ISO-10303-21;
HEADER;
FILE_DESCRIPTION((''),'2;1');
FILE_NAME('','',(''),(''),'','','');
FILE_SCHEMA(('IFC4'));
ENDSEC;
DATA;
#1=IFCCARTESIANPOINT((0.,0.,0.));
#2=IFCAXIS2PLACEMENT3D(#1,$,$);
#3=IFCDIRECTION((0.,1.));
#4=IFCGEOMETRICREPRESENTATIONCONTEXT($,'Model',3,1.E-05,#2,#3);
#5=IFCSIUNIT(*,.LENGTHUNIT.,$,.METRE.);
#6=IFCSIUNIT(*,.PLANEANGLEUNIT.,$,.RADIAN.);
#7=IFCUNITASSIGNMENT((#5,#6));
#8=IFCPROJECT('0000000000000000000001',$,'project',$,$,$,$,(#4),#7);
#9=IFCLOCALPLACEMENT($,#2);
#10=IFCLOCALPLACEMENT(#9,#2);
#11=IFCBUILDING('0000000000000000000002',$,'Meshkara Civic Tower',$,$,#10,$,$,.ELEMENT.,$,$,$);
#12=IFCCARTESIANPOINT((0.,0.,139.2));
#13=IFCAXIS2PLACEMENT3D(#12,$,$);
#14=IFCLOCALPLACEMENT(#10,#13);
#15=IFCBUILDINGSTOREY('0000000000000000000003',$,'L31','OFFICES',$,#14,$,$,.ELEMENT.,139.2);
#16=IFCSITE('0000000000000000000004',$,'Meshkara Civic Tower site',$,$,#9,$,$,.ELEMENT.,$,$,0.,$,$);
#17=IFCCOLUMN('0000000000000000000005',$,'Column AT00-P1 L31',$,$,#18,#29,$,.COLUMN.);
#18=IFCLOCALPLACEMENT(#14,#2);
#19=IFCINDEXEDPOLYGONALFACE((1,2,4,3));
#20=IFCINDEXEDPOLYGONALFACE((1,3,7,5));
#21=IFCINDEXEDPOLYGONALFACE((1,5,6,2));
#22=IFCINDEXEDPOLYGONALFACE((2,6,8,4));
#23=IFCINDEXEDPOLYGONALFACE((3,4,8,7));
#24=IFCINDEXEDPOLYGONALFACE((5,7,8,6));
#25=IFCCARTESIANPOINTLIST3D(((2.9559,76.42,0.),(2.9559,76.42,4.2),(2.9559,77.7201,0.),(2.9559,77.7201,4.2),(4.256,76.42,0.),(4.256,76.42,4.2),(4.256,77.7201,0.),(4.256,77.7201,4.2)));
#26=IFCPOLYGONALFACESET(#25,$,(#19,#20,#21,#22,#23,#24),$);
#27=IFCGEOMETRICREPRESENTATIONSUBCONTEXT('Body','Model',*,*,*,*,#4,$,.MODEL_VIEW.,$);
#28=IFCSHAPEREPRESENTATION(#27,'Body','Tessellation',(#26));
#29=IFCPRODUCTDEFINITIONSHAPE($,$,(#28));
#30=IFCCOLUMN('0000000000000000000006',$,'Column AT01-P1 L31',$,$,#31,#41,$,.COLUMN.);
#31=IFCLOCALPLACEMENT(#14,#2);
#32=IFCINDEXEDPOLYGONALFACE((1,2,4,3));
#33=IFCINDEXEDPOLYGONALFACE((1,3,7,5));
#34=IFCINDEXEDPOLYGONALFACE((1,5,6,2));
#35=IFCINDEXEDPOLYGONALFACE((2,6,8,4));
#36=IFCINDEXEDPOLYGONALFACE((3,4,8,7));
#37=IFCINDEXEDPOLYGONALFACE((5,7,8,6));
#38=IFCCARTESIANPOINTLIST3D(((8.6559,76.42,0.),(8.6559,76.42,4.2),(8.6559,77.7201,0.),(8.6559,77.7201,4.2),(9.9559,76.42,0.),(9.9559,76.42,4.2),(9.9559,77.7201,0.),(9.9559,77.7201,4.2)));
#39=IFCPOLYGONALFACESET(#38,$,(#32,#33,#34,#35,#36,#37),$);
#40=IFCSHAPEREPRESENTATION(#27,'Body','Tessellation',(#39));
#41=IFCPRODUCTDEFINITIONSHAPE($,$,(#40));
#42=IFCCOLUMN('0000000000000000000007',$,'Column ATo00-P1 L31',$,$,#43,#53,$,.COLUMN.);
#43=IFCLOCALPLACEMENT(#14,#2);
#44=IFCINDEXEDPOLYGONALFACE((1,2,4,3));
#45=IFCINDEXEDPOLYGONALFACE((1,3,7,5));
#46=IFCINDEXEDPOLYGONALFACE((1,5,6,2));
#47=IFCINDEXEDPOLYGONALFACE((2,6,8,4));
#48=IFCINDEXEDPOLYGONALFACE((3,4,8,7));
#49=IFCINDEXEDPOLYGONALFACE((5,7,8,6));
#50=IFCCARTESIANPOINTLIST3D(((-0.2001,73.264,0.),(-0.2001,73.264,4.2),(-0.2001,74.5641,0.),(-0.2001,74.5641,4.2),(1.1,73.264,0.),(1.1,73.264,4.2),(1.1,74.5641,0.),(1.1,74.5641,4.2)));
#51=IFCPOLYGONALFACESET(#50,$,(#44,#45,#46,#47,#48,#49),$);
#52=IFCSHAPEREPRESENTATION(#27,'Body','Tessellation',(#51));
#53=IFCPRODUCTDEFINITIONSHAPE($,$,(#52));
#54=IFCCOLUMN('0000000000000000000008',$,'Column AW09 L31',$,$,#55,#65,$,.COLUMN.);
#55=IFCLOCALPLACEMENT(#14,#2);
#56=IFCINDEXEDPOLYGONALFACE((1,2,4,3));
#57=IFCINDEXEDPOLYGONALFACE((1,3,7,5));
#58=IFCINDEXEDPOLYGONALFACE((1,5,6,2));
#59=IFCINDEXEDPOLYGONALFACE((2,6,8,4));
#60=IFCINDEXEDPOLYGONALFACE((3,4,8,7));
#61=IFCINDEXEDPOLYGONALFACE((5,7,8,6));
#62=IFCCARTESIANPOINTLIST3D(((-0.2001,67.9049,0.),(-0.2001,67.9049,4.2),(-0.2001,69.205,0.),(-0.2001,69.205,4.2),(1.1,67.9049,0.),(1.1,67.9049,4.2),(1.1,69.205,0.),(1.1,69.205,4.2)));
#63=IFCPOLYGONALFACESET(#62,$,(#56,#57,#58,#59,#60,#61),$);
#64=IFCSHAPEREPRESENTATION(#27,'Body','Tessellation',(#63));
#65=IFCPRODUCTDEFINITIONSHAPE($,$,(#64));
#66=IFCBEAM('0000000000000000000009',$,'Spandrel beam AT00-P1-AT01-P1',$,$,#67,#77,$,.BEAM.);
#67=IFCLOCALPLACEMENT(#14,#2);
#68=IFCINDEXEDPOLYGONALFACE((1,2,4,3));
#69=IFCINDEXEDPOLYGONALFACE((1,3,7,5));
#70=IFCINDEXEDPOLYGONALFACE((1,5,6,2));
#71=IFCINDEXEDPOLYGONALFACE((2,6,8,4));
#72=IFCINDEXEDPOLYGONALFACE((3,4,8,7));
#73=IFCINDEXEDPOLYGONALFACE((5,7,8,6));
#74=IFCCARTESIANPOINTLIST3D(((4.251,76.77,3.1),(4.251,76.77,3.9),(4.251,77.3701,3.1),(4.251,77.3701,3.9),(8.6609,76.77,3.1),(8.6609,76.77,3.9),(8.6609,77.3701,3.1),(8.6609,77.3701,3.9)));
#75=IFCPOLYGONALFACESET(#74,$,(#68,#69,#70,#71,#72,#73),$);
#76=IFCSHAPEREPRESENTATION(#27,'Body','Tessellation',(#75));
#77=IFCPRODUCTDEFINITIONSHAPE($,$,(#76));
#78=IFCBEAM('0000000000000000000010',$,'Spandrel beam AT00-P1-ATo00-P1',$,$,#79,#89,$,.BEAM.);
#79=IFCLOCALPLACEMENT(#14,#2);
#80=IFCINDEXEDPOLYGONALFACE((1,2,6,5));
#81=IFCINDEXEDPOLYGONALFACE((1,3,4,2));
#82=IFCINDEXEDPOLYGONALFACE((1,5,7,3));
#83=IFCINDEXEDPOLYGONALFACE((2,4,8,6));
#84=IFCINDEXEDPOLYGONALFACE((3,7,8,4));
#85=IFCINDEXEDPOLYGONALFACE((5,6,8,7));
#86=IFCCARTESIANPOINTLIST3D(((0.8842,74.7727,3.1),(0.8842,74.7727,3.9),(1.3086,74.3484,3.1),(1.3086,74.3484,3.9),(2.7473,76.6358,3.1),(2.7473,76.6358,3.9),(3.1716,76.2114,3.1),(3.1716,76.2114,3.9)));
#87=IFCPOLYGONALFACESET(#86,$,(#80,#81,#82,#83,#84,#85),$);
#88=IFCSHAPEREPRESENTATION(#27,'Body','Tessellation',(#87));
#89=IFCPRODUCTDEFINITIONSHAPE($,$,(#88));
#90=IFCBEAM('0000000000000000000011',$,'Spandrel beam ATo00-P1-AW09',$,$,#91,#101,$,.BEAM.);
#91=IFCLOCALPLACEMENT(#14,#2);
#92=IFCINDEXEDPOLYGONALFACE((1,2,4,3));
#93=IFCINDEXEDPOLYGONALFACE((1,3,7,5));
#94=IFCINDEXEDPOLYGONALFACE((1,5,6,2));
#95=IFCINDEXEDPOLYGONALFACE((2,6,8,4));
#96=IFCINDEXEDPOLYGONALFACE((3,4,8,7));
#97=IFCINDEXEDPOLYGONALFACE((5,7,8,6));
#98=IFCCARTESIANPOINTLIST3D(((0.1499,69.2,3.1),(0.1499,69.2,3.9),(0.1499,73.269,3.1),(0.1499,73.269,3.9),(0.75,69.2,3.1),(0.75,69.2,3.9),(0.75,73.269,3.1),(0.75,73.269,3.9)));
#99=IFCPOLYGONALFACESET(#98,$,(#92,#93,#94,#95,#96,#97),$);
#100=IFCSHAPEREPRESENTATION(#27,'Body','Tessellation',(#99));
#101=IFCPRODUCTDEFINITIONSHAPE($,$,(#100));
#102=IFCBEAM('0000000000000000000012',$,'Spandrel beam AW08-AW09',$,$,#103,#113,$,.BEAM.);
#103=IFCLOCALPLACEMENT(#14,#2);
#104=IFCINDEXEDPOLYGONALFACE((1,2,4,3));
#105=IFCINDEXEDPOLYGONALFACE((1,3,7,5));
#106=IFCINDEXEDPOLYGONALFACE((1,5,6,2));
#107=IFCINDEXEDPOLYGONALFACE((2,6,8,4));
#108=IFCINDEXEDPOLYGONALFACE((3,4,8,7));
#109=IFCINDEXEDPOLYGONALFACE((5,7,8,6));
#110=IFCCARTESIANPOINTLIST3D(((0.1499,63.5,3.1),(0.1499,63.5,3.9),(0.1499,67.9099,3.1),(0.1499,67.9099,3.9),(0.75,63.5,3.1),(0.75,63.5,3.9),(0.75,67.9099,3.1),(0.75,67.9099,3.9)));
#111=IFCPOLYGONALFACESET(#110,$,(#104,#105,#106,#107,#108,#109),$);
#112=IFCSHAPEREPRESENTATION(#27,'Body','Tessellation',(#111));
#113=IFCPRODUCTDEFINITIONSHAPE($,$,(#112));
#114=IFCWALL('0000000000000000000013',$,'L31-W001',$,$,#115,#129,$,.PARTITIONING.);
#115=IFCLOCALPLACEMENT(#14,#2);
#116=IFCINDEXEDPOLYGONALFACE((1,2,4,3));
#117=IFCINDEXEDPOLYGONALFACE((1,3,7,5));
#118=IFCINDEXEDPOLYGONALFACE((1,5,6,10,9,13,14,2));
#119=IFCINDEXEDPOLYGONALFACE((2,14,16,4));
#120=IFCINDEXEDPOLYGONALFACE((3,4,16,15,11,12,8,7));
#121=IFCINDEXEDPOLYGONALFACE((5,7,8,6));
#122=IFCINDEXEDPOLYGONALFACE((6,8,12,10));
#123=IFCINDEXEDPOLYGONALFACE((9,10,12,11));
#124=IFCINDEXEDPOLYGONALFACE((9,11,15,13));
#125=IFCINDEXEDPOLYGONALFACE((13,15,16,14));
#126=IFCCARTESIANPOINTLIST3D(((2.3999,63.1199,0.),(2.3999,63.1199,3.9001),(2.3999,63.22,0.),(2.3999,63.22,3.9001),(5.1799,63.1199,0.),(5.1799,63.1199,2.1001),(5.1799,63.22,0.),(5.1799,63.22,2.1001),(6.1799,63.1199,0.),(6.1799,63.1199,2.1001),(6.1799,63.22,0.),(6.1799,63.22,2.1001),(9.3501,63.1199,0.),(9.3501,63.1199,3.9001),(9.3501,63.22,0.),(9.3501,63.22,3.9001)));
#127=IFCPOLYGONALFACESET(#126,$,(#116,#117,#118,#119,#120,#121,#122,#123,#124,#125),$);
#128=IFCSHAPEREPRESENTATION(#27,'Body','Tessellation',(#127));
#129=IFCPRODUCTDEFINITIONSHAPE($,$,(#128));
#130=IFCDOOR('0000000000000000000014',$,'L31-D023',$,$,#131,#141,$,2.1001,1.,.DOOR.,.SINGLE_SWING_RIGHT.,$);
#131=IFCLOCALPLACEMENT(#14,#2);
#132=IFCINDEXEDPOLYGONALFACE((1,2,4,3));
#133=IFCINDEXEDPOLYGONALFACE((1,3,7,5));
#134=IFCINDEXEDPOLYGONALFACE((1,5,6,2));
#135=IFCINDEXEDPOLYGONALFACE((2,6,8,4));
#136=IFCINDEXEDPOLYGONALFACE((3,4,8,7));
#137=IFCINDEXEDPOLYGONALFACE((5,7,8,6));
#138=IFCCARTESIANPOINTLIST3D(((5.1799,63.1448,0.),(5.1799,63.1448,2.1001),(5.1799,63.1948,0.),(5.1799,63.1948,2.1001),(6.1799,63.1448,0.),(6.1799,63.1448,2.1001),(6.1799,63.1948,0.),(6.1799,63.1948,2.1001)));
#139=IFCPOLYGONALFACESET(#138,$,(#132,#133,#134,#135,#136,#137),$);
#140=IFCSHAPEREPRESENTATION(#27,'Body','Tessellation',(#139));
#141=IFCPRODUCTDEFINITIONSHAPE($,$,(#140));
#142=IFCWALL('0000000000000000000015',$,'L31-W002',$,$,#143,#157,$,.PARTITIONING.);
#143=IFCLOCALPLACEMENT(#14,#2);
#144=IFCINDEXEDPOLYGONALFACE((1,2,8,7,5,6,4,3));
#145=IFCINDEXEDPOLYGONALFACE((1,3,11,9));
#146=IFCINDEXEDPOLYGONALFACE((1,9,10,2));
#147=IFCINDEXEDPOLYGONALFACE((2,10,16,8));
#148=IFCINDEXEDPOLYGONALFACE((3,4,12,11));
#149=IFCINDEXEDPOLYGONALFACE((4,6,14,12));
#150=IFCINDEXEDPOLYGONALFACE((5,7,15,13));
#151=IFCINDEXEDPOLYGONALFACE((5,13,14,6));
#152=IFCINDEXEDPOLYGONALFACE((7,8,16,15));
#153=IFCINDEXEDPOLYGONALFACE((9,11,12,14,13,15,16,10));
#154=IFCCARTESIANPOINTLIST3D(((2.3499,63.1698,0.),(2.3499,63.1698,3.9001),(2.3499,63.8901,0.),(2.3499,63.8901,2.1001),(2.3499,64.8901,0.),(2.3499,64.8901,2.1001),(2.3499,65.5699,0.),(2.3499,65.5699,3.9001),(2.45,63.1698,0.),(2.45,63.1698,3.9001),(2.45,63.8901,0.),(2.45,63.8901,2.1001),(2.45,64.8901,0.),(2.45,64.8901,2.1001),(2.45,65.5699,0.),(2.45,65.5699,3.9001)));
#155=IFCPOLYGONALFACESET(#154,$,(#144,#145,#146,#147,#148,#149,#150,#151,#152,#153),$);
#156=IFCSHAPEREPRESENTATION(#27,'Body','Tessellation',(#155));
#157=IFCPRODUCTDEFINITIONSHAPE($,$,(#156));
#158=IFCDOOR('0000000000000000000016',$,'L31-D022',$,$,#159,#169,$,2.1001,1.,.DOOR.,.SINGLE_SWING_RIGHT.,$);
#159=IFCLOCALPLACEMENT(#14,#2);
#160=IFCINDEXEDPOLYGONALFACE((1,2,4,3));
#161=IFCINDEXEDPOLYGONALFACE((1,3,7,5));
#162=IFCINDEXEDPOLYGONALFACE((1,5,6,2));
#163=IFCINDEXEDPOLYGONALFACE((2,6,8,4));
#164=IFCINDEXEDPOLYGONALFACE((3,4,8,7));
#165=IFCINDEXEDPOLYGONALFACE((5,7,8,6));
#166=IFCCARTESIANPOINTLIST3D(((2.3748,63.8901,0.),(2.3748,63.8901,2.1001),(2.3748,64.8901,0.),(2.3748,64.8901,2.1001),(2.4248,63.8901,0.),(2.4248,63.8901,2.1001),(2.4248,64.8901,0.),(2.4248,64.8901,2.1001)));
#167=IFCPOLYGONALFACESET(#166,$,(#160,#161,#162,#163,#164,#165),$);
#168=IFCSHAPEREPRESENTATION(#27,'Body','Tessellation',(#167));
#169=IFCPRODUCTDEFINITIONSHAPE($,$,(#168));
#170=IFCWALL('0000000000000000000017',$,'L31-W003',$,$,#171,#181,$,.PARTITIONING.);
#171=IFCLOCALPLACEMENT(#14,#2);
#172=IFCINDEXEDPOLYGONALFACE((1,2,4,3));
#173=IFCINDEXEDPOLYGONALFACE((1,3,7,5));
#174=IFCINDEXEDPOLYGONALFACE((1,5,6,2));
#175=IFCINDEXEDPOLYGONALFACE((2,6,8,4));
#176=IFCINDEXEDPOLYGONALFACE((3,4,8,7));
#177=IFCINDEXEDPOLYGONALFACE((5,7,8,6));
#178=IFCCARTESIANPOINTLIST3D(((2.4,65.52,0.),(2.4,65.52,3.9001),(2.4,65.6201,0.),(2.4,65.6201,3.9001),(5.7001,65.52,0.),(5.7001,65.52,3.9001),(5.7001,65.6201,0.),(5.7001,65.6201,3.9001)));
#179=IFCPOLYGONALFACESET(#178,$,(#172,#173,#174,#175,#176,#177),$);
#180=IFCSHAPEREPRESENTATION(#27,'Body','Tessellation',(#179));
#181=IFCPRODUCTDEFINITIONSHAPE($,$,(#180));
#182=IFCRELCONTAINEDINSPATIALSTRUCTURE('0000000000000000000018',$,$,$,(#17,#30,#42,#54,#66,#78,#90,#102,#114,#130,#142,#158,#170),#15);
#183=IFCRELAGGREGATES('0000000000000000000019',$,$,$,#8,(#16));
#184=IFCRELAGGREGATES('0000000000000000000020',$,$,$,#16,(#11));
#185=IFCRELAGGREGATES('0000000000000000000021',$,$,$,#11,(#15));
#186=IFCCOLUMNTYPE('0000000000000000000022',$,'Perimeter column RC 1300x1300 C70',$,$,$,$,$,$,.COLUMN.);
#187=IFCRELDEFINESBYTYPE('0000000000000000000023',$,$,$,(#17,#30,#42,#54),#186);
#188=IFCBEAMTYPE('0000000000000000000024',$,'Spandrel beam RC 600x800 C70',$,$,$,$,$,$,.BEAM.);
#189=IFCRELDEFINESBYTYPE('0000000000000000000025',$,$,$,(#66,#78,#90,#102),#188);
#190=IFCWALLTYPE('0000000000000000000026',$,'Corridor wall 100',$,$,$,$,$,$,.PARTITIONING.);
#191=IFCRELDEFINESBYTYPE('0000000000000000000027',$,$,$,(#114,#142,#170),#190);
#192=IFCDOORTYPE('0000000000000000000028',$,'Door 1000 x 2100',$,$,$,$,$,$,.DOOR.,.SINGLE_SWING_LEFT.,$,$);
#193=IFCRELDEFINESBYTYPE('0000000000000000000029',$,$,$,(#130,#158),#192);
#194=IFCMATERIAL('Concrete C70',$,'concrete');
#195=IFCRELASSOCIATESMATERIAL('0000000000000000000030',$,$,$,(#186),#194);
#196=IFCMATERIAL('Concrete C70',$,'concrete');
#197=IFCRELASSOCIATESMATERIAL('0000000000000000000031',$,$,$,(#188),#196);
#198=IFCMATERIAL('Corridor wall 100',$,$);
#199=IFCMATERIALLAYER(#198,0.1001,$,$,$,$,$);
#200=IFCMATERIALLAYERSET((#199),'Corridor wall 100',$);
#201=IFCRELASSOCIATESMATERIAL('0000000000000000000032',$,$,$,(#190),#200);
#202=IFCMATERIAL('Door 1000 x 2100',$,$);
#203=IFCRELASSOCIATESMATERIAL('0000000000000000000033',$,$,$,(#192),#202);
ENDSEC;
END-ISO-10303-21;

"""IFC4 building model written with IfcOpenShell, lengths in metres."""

from ifc_helpers import new_model, si_unit, direction, frame, frame_2d, origin, origin_2d, place, context, subcontext, project, spatial, rectangle, extrude, material, layer, layer_set, material_profile, profile_set, type_object, element, fill, save


model = new_model("IFC4")

# Units and contexts
model_context = context("Model", 3, precision=1e-05, world=origin(), true_north=direction((0.0, 1.0)))
body_context = subcontext(model_context, "Body", "Model", "MODEL_VIEW")
ifc_project = project(units=[si_unit("LENGTHUNIT", "METRE"), si_unit("PLANEANGLEUNIT", "RADIAN")], contexts=[model_context])

# Site, building, storey
site_placement = place(None, origin())
site = spatial("IfcSite", under=ifc_project, at=site_placement, Name="Meshkara Civic Tower site", CompositionType="ELEMENT", RefElevation=0.0)
building_placement = place(site_placement, origin())
building = spatial("IfcBuilding", under=site, at=building_placement, Name="Meshkara Civic Tower", CompositionType="ELEMENT")
storey_placement = place(building_placement, frame((0.0, 0.0, 139.2)))
storey = spatial("IfcBuildingStorey", under=building, at=storey_placement, Name="L31", Description="OFFICES", CompositionType="ELEMENT", Elevation=139.2)

# Columns
ifc_material_1 = material(Name="Concrete C70", Category="concrete")
ifc_material_profile_1 = material_profile(ifc_material_1, rectangle(XDim=1.3, YDim=1.3, at=origin_2d()))
ifc_profile_set_1 = profile_set([ifc_material_profile_1], Name="Concrete C70")
column_type = type_object("IfcColumnType", Name="Perimeter column RC 1300x1300 C70", PredefinedType="COLUMN", material=ifc_profile_set_1)
for number, where, z_axis, x_axis, name in (
    (1, (3.606, 77.0701, 0.0), (0.0, 0.0, 1.0), (1.0, 0.0, 0.0), "Column AT00-P1 L31"),
    (2, (9.3059, 77.0701, 0.0), (0.0, 0.0, 1.0), (1.0, 0.0, 0.0), "Column AT01-P1 L31"),
    (3, (0.45, 73.9141, 0.0), (0.0, 0.0, 1.0), (1.0, 0.0, 0.0), "Column ATo00-P1 L31"),
    (4, (0.45, 68.5549, 0.0), (0.0, 0.0, 1.0), (1.0, 0.0, 0.0), "Column AW09 L31"),
):
    element("IfcColumn", number, at=place(storey_placement, frame(where, z_axis=z_axis, x_axis=x_axis)), inside=storey, type_object=column_type, Name=name, PredefinedType="COLUMN", context=body_context, shape_type="SweptSolid", body=[
        extrude(rectangle(XDim=1.3, YDim=1.3, at=origin_2d()), origin(), (0.0, 0.0, 1.0), 4.2),
    ])

# Beams
ifc_material_2 = material(Name="Concrete C70", Category="concrete")
ifc_material_profile_2 = material_profile(ifc_material_2, rectangle(XDim=0.6001, YDim=0.8, at=origin_2d()))
ifc_profile_set_2 = profile_set([ifc_material_profile_2], Name="Concrete C70")
beam_type = type_object("IfcBeamType", Name="Spandrel beam RC 600x800 C70", PredefinedType="BEAM", material=ifc_profile_set_2)
beam_1_placement = place(storey_placement, frame((8.6609, 77.0701, 3.5), z_axis=(-1.0, 0.0, 0.0), x_axis=(0.0, -1.0, 0.0)))
element("IfcBeam", 5, at=beam_1_placement, inside=storey, type_object=beam_type, Name="Spandrel beam AT00-P1-AT01-P1", PredefinedType="BEAM", context=body_context, shape_type="SweptSolid", body=[
    extrude(rectangle(XDim=0.6001, YDim=0.8, at=origin_2d()), origin(), (0.0, 0.0, 1.0), 4.4099),
])
beam_2_placement = place(storey_placement, frame((2.9595, 76.4236, 3.5), z_axis=(-0.707107, -0.707107, 0.0), x_axis=(0.707107, -0.707107, 0.0)))
element("IfcBeam", 6, at=beam_2_placement, inside=storey, type_object=beam_type, Name="Spandrel beam AT00-P1-ATo00-P1", PredefinedType="BEAM", context=body_context, shape_type="SweptSolid", body=[
    extrude(rectangle(XDim=0.6001, YDim=0.8, at=origin_2d()), origin(), (0.0, 0.0, 1.0), 2.6348),
])
beam_3_placement = place(storey_placement, frame((0.45, 73.269, 3.5), z_axis=(0.0, -1.0, 0.0), x_axis=(1.0, 0.0, 0.0)))
element("IfcBeam", 7, at=beam_3_placement, inside=storey, type_object=beam_type, Name="Spandrel beam ATo00-P1-AW09", PredefinedType="BEAM", context=body_context, shape_type="SweptSolid", body=[
    extrude(rectangle(XDim=0.6001, YDim=0.8, at=origin_2d()), origin(), (0.0, 0.0, 1.0), 4.0691),
])
beam_4_placement = place(storey_placement, frame((0.45, 67.9099, 3.5), z_axis=(0.0, -1.0, 0.0), x_axis=(1.0, 0.0, 0.0)))
element("IfcBeam", 8, at=beam_4_placement, inside=storey, type_object=beam_type, Name="Spandrel beam AW08-AW09", PredefinedType="BEAM", context=body_context, shape_type="SweptSolid", body=[
    extrude(rectangle(XDim=0.6001, YDim=0.8, at=origin_2d()), origin(), (0.0, 0.0, 1.0), 4.4099),
])

# Walls, openings, doors
ifc_material_3 = material(Name="Corridor wall 100")
ifc_layer_1 = layer(ifc_material_3, 0.1001)
ifc_layer_set_1 = layer_set([ifc_layer_1], Name="Corridor wall 100")
wall_type_1 = type_object("IfcWallType", Name="Corridor wall 100", PredefinedType="PARTITIONING", material=ifc_layer_set_1)
wall_1_placement = place(storey_placement, frame((2.3999, 63.1699, 0.0), z_axis=(0.0, 0.0, 1.0), x_axis=(1.0, 0.0, 0.0)))
wall_1 = element("IfcWall", 9, at=wall_1_placement, inside=storey, type_object=wall_type_1, Name="L31-W001", PredefinedType="PARTITIONING", context=body_context, shape_type="SweptSolid", body=[
    extrude(rectangle(XDim=6.9502, YDim=0.1001, at=frame_2d((3.4751, 0.0))), origin(), (0.0, 0.0, 1.0), 3.9001),
])
opening_1_placement = place(wall_1_placement, frame((2.78, 0.0, 0.0)))
opening_1 = element("IfcOpeningElement", 10, at=opening_1_placement, cuts=wall_1, PredefinedType="OPENING", context=body_context, shape_type="SweptSolid", body=[
    extrude(rectangle(XDim=1.0, YDim=2.1001, at=frame_2d((0.5, 1.05))), frame((0.0, 0.0601, 0.0), z_axis=(0.0, -1.0, 0.0), x_axis=(1.0, 0.0, 0.0)), (0.0, 0.0, 1.0), 0.1201),
])
ifc_material_4 = material(Name="Door 1000 x 2100")
door_type_1 = type_object("IfcDoorType", Name="Door 1000 x 2100", OperationType="SINGLE_SWING_LEFT", PredefinedType="DOOR", material=ifc_material_4)
door_1_placement = place(opening_1_placement, origin())
door_1 = element("IfcDoor", 11, at=door_1_placement, inside=storey, type_object=door_type_1, Name="L31-D023", OperationType="SINGLE_SWING_RIGHT", OverallHeight=2.1001, OverallWidth=1.0, PredefinedType="DOOR", context=body_context, shape_type="SweptSolid", body=[
    extrude(rectangle(XDim=1.0, YDim=2.1001, at=frame_2d((0.5, 1.05))), frame((0.0, 0.0249, 0.0), z_axis=(0.0, -1.0, 0.0), x_axis=(1.0, 0.0, 0.0)), (0.0, 0.0, 1.0), 0.05),
])
fill(opening_1, door_1)
wall_2_placement = place(storey_placement, frame((2.3999, 65.5701, 0.0), z_axis=(0.0, 0.0, 1.0), x_axis=(0.0, -1.0, 0.0)))
wall_2 = element("IfcWall", 12, at=wall_2_placement, inside=storey, type_object=wall_type_1, Name="L31-W002", PredefinedType="PARTITIONING", context=body_context, shape_type="SweptSolid", body=[
    extrude(rectangle(XDim=2.4001, YDim=0.1001, at=frame_2d((1.2002, 0.0))), origin(), (0.0, 0.0, 1.0), 3.9001),
])
opening_2_placement = place(wall_2_placement, frame((0.6799, 0.0, 0.0)))
opening_2 = element("IfcOpeningElement", 13, at=opening_2_placement, cuts=wall_2, PredefinedType="OPENING", context=body_context, shape_type="SweptSolid", body=[
    extrude(rectangle(XDim=1.0, YDim=2.1001, at=frame_2d((0.5, 1.05))), frame((0.0, 0.0601, 0.0), z_axis=(0.0, -1.0, 0.0), x_axis=(1.0, 0.0, 0.0)), (0.0, 0.0, 1.0), 0.1201),
])
door_2_placement = place(opening_2_placement, origin())
door_2 = element("IfcDoor", 14, at=door_2_placement, inside=storey, type_object=door_type_1, Name="L31-D022", OperationType="SINGLE_SWING_RIGHT", OverallHeight=2.1001, OverallWidth=1.0, PredefinedType="DOOR", context=body_context, shape_type="SweptSolid", body=[
    extrude(rectangle(XDim=1.0, YDim=2.1001, at=frame_2d((0.5, 1.05))), frame((0.0, 0.0249, 0.0), z_axis=(0.0, -1.0, 0.0), x_axis=(1.0, 0.0, 0.0)), (0.0, 0.0, 1.0), 0.05),
])
fill(opening_2, door_2)

# Wall
wall_3_placement = place(storey_placement, frame((5.7, 65.5701, 0.0), z_axis=(0.0, 0.0, 1.0), x_axis=(-1.0, 0.0, 0.0)))
element("IfcWall", 15, at=wall_3_placement, inside=storey, type_object=wall_type_1, Name="L31-W003", PredefinedType="PARTITIONING", context=body_context, shape_type="SweptSolid", body=[
    extrude(rectangle(XDim=3.3, YDim=0.1001, at=frame_2d((1.6499, 0.0))), origin(), (0.0, 0.0, 1.0), 3.9001),
])

save(model, "model.ifc")
